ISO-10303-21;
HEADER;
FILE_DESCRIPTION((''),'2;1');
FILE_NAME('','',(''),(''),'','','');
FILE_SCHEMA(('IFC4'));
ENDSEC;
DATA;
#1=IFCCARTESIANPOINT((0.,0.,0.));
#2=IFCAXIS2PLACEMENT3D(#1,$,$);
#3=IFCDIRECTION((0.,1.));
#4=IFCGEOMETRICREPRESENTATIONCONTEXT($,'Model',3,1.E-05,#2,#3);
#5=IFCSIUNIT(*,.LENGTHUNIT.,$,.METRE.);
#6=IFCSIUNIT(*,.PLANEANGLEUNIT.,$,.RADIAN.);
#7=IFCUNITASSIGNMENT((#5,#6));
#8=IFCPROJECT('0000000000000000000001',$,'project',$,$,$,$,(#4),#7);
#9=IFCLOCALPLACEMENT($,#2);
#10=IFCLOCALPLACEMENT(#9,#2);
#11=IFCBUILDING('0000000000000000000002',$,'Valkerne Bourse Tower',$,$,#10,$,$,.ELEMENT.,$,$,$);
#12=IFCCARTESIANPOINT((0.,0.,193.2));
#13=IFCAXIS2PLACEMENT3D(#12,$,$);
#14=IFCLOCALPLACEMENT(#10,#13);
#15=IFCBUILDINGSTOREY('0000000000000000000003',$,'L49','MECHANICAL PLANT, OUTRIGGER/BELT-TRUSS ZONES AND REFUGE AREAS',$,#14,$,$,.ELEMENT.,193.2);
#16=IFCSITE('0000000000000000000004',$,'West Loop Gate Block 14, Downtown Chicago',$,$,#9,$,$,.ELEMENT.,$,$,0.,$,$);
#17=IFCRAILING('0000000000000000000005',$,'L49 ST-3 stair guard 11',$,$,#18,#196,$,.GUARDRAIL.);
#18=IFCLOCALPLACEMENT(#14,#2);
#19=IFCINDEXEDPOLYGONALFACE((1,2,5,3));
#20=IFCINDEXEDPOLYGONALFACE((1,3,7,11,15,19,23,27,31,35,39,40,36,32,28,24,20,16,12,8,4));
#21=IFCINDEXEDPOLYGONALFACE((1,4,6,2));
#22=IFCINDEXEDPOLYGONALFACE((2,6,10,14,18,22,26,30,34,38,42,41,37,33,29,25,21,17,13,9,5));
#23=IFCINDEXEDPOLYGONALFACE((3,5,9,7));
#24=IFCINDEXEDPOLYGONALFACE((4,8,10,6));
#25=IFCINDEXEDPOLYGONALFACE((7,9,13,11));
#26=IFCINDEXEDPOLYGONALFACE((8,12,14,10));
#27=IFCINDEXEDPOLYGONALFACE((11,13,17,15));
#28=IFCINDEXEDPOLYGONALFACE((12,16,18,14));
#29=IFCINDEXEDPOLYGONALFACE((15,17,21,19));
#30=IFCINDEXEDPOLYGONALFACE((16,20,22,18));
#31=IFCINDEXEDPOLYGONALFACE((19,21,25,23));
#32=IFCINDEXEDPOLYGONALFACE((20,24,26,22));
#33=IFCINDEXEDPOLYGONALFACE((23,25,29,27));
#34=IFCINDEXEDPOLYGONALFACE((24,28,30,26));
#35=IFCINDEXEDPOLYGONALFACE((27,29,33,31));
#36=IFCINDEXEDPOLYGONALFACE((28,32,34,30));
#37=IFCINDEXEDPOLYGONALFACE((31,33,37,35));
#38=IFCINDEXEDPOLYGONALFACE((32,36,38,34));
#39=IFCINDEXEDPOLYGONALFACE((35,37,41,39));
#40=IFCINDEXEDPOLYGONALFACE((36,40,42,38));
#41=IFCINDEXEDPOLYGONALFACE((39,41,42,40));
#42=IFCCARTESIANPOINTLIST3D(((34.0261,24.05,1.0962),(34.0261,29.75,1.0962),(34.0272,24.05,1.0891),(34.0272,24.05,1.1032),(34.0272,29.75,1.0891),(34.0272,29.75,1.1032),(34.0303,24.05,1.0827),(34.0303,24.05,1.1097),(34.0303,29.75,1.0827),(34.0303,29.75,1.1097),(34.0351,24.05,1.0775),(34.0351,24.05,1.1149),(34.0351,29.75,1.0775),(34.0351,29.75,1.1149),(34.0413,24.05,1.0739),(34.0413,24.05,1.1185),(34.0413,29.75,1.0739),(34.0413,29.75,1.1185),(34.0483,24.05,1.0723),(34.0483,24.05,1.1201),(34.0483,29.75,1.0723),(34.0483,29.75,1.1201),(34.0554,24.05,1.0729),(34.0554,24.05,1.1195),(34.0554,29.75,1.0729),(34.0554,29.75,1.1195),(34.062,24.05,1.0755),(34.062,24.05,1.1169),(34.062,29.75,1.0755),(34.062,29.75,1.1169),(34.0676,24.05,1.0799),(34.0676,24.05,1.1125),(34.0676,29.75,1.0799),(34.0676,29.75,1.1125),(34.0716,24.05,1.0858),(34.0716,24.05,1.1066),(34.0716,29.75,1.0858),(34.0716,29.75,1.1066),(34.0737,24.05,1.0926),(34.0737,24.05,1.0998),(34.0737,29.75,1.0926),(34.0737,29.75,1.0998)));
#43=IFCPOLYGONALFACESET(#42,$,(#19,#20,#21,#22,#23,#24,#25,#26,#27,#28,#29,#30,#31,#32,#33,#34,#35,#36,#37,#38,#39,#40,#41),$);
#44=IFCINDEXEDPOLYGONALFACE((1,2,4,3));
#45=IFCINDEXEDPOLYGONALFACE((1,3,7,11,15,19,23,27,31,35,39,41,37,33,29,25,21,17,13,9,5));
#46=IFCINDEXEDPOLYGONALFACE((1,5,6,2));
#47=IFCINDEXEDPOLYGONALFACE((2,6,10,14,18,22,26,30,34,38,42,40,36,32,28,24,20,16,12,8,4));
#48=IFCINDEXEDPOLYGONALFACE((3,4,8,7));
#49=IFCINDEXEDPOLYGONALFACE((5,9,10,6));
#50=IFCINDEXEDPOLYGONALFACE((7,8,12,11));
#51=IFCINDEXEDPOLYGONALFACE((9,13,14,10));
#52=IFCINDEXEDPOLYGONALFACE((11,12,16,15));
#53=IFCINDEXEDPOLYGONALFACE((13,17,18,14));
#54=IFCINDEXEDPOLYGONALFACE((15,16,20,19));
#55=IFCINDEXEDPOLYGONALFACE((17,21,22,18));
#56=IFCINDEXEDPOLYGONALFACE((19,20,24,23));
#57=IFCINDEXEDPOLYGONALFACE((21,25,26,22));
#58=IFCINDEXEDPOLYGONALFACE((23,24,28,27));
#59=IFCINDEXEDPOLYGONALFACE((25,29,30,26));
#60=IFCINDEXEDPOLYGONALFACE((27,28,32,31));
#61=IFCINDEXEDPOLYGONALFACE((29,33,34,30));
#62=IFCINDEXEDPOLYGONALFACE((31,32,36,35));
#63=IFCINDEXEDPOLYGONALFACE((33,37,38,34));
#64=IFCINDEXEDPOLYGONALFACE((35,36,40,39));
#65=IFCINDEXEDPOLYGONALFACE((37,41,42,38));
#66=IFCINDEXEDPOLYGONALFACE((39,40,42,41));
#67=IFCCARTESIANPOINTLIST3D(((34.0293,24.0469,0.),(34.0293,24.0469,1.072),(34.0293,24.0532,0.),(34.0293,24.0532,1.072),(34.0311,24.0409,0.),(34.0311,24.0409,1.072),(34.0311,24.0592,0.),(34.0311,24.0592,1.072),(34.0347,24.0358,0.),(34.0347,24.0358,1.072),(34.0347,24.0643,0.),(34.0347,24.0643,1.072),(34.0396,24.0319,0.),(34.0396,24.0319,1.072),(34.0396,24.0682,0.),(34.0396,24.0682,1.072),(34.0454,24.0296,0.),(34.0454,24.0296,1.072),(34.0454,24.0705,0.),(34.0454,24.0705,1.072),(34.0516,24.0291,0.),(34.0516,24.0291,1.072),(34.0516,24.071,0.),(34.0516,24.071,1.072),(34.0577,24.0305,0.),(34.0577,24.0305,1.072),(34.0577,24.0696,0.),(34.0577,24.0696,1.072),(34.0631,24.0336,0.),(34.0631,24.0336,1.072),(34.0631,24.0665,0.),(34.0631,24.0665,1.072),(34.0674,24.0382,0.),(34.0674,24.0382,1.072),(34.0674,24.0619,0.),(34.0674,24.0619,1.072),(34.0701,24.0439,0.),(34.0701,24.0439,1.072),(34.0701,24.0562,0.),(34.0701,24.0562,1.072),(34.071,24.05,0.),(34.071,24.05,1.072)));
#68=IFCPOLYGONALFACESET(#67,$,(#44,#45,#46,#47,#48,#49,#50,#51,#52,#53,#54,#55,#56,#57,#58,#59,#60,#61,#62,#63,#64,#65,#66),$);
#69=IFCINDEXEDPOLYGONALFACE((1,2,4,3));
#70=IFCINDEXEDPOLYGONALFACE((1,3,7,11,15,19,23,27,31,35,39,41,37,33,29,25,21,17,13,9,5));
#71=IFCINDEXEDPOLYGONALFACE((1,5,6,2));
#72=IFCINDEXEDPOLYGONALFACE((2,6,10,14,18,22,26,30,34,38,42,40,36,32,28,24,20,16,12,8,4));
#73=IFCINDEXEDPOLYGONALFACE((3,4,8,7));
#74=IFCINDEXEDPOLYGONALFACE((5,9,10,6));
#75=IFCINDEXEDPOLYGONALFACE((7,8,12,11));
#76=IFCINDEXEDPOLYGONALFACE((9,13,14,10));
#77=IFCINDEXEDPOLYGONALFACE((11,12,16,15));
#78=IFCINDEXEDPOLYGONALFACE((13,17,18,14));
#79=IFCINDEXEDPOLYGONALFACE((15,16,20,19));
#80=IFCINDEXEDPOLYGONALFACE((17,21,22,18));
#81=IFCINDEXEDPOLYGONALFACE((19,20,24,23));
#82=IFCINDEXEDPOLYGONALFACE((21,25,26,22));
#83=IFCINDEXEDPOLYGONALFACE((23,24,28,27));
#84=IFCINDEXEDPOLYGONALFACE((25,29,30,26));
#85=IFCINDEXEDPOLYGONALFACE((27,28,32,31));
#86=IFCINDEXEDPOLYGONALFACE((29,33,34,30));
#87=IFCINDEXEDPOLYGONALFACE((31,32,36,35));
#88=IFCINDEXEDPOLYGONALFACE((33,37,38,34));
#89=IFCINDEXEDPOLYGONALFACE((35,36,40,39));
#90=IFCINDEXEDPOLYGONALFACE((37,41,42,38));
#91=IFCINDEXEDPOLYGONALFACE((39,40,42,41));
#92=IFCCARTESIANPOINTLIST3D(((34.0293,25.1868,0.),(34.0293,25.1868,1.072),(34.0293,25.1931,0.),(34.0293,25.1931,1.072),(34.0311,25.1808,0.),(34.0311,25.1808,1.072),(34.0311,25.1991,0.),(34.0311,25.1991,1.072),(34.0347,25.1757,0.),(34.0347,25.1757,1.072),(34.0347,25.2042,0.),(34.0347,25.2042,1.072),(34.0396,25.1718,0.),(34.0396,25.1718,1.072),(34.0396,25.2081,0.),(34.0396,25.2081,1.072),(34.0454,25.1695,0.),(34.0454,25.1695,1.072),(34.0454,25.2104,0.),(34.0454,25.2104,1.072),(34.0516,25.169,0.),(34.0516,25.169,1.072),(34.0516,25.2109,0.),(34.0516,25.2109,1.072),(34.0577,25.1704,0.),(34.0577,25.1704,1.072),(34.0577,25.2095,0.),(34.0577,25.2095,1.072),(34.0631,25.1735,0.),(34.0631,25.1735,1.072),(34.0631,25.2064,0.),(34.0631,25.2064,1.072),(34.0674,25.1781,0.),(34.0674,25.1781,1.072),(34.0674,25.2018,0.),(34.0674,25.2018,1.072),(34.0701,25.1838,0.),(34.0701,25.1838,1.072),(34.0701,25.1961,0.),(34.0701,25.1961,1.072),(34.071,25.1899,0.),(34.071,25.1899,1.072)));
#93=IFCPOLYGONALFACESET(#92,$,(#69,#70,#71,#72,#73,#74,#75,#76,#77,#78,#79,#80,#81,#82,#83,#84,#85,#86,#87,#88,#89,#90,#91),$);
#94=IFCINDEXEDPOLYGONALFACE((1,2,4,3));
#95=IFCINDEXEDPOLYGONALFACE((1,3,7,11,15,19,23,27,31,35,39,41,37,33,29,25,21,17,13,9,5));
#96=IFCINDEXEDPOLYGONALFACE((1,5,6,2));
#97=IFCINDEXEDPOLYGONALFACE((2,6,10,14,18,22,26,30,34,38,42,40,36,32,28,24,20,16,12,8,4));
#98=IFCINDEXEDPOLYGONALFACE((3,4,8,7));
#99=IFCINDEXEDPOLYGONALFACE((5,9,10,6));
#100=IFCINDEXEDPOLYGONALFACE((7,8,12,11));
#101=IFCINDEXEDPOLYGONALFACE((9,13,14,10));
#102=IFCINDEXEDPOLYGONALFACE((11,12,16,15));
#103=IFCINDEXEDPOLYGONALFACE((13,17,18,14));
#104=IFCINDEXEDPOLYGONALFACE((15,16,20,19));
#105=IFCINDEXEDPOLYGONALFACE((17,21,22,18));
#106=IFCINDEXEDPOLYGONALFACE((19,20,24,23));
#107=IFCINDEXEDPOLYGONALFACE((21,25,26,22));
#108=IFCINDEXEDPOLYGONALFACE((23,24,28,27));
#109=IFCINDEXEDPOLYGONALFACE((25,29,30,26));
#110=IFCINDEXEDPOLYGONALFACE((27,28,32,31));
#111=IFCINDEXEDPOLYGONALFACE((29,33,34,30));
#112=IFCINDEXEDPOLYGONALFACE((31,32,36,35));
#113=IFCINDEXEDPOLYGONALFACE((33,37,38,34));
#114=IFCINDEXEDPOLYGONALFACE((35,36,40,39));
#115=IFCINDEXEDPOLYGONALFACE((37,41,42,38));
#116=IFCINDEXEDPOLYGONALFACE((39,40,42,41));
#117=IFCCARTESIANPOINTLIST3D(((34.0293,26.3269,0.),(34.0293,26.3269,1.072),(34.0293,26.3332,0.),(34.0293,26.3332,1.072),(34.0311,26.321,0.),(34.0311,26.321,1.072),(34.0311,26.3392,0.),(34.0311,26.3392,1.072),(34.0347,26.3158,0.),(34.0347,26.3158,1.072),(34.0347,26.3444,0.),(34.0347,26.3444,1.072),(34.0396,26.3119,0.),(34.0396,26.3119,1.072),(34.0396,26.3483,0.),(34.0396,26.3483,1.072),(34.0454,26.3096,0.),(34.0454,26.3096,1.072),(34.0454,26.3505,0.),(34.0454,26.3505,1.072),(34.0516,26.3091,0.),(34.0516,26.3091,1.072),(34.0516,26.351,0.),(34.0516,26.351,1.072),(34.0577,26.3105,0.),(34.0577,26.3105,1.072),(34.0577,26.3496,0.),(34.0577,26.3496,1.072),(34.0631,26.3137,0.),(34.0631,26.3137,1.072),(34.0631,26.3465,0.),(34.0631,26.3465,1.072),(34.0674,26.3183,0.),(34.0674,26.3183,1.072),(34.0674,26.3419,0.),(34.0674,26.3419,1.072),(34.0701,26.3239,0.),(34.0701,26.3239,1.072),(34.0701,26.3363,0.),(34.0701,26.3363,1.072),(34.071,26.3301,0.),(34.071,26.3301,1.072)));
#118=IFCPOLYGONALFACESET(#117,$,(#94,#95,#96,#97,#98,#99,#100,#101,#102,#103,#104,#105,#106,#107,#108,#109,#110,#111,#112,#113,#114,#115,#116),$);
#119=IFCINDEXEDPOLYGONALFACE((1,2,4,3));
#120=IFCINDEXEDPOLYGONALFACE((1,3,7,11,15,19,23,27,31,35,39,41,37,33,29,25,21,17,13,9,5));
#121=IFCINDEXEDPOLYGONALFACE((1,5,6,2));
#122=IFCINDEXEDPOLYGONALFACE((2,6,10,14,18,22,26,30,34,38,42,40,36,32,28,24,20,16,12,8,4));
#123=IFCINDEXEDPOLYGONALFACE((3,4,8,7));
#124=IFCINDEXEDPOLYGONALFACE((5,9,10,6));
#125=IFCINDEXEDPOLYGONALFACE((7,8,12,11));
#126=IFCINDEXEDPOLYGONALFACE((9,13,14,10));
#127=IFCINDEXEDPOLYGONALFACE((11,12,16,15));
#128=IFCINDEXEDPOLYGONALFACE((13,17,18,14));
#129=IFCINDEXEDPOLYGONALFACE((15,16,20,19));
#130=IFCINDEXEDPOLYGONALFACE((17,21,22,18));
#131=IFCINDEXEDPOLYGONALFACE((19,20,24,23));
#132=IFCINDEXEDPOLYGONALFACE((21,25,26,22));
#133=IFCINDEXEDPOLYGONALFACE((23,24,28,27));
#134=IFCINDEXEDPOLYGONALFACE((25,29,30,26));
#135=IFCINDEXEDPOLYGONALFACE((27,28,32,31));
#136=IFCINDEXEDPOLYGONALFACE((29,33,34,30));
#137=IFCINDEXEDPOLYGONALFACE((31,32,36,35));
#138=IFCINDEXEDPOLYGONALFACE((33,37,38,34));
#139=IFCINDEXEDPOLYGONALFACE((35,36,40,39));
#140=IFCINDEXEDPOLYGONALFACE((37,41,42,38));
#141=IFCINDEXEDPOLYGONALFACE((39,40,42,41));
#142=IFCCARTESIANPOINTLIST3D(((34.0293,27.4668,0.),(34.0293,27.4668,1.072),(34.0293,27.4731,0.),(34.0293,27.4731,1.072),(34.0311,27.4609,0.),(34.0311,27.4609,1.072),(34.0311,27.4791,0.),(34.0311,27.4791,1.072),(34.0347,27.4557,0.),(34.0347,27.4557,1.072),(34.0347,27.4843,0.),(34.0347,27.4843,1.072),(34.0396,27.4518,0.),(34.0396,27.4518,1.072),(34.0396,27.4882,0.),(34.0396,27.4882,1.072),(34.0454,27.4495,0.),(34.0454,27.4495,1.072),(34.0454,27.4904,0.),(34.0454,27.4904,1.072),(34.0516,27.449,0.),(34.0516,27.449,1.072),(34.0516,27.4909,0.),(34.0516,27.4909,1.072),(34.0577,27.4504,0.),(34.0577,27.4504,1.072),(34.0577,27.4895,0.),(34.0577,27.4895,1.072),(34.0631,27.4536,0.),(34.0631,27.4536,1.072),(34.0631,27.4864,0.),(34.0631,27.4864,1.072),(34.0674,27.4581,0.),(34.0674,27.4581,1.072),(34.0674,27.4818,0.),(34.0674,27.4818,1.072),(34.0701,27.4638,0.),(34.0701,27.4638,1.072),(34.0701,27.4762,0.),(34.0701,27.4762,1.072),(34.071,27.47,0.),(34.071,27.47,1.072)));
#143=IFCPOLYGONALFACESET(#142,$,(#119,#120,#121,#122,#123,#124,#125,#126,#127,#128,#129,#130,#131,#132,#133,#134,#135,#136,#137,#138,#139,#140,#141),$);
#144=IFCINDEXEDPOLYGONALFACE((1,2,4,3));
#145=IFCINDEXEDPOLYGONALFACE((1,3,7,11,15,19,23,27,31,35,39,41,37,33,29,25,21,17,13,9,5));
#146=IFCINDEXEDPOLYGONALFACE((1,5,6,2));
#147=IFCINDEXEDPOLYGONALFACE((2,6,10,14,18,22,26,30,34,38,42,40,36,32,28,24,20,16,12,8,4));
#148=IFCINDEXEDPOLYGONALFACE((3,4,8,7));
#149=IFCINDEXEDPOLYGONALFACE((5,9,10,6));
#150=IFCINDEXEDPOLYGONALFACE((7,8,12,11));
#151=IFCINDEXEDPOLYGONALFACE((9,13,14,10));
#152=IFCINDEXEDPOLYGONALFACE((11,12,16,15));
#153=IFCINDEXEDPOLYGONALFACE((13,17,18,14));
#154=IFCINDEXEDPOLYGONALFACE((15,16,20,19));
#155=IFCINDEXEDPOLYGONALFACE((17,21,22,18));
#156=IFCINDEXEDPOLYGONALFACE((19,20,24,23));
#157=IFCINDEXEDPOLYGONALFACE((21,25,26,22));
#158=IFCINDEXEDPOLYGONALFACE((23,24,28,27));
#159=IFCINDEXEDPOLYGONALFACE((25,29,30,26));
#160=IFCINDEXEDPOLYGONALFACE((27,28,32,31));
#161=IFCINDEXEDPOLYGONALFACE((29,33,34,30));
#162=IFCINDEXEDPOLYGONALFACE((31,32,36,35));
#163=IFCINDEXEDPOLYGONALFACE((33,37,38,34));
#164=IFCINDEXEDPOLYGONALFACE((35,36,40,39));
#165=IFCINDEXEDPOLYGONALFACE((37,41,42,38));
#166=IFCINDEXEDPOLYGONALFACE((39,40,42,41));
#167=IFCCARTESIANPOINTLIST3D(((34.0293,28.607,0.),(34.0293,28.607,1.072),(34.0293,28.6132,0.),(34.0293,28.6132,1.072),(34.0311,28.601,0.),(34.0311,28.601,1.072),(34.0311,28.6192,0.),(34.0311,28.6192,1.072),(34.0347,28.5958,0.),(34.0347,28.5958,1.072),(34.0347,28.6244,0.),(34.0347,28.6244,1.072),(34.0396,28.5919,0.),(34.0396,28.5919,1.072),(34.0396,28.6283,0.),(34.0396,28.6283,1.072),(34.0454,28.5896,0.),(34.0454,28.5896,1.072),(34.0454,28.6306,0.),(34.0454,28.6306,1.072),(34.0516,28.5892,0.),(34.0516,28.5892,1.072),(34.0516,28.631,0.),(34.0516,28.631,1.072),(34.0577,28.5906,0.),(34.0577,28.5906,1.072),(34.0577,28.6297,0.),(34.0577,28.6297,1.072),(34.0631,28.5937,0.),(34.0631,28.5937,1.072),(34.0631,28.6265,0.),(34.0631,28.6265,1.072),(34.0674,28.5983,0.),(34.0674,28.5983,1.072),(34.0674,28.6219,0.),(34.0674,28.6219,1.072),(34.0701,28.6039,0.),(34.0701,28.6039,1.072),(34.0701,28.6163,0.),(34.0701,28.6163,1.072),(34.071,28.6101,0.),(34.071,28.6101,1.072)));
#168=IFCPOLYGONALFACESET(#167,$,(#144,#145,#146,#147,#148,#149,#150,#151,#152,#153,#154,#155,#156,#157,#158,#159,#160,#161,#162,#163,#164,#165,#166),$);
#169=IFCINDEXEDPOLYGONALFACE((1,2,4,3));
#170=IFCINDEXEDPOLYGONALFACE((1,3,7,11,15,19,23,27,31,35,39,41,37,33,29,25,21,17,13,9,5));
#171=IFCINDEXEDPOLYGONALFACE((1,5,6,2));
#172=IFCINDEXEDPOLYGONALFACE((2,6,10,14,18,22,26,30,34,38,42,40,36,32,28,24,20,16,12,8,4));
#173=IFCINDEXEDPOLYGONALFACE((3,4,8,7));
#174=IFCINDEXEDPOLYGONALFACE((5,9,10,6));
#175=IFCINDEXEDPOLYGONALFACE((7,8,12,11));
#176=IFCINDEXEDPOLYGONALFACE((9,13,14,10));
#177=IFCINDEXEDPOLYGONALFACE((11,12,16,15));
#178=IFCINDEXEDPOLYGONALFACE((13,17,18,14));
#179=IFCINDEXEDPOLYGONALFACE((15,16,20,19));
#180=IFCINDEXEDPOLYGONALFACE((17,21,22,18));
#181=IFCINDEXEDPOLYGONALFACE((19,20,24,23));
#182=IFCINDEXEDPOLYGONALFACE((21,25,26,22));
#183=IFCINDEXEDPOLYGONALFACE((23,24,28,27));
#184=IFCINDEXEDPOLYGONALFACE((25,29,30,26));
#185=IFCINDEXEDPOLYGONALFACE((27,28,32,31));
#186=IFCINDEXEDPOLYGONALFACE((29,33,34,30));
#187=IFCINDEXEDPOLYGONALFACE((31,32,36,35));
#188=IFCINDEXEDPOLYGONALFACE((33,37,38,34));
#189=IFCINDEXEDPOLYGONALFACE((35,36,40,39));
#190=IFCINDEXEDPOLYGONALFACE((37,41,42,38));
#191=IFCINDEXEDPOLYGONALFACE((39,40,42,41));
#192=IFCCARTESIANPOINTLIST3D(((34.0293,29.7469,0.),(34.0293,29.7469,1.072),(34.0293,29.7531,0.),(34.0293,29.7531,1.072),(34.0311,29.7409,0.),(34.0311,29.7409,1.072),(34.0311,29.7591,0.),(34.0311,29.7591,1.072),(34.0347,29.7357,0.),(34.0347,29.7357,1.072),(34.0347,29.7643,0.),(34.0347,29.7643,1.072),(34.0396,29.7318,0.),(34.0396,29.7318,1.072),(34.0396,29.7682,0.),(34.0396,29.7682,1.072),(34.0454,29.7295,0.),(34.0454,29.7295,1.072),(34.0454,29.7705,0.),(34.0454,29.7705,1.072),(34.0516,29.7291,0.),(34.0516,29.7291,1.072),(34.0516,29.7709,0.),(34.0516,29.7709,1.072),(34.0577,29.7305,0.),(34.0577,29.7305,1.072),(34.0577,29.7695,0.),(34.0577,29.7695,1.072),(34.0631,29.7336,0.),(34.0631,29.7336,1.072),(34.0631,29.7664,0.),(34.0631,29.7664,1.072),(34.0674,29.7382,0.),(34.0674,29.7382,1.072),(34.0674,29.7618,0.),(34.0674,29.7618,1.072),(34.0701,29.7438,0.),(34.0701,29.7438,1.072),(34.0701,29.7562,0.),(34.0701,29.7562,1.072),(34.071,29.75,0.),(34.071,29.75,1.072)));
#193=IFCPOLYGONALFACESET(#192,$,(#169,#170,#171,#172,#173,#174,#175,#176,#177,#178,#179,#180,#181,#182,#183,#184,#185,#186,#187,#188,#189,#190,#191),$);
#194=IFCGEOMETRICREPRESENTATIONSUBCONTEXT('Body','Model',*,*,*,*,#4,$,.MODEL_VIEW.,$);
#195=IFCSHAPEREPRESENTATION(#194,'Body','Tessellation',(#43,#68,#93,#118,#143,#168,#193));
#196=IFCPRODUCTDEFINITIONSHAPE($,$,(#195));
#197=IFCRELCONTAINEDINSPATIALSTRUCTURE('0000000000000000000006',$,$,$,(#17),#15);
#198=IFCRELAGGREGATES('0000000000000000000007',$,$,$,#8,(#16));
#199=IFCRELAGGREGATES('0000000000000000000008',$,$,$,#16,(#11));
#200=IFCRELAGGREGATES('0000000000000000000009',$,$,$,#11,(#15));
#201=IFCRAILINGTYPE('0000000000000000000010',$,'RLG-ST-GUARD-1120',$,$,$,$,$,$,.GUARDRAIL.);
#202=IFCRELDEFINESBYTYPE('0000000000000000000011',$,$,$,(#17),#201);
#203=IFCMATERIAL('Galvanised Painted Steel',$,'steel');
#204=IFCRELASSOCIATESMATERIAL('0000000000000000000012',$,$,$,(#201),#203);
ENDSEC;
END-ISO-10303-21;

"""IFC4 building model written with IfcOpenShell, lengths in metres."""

from ifc_helpers import new_model, si_unit, direction, frame, origin, origin_2d, place, context, subcontext, project, spatial, circle, extrude, material, type_object, element, save


model = new_model("IFC4")

# Units and contexts
model_context = context("Model", 3, precision=1e-05, world=origin(), true_north=direction((0.0, 1.0)))
body_context = subcontext(model_context, "Body", "Model", "MODEL_VIEW")
ifc_project = project(units=[si_unit("LENGTHUNIT", "METRE"), si_unit("PLANEANGLEUNIT", "RADIAN")], contexts=[model_context])

# Site, building, storey
site_placement = place(None, origin())
site = spatial("IfcSite", under=ifc_project, at=site_placement, Name="West Loop Gate Block 14, Downtown Chicago", CompositionType="ELEMENT", RefElevation=0.0)
building_placement = place(site_placement, origin())
building = spatial("IfcBuilding", under=site, at=building_placement, Name="Valkerne Bourse Tower", CompositionType="ELEMENT")
storey_placement = place(building_placement, frame((0.0, 0.0, 193.2)))
storey = spatial("IfcBuildingStorey", under=building, at=storey_placement, Name="L49", Description="MECHANICAL PLANT, OUTRIGGER/BELT-TRUSS ZONES AND REFUGE AREAS", CompositionType="ELEMENT", Elevation=193.2)

# Shared definitions
ifc_material_1 = material(Name="Galvanised Painted Steel", Category="steel")

# Railing
railing_type = type_object("IfcRailingType", Name="RLG-ST-GUARD-1120", PredefinedType="GUARDRAIL", material=ifc_material_1)
for number, where, name in (
    (1, (34.05, 24.05, 0.0), "L49 ST-3 stair guard 11"),
):
    element("IfcRailing", number, at=place(storey_placement, frame(where)), inside=storey, type_object=railing_type, Name=name, PredefinedType="GUARDRAIL", context=body_context, shape_type="SweptSolid", body=[
        extrude(circle(Radius=0.0239, at=origin_2d()), frame((0.0, 0.0, 1.0962), z_axis=(0.0, 1.0, 0.0), x_axis=(-1.0, 0.0, 0.0)), (0.0, 0.0, 1.0), 5.7),
        extrude(circle(Radius=0.021, at=origin_2d()), origin(), (0.0, 0.0, 1.0), 1.072),
        extrude(circle(Radius=0.021, at=origin_2d()), frame((0.0, 1.1399, 0.0)), (0.0, 0.0, 1.0), 1.072),
        extrude(circle(Radius=0.021, at=origin_2d()), frame((0.0, 2.28, 0.0)), (0.0, 0.0, 1.0), 1.072),
        extrude(circle(Radius=0.021, at=origin_2d()), frame((0.0, 3.4199, 0.0)), (0.0, 0.0, 1.0), 1.072),
        extrude(circle(Radius=0.021, at=origin_2d()), frame((0.0, 4.5601, 0.0)), (0.0, 0.0, 1.0), 1.072),
        extrude(circle(Radius=0.021, at=origin_2d()), frame((0.0, 5.7, 0.0)), (0.0, 0.0, 1.0), 1.072),
    ])

save(model, "model.ifc")
